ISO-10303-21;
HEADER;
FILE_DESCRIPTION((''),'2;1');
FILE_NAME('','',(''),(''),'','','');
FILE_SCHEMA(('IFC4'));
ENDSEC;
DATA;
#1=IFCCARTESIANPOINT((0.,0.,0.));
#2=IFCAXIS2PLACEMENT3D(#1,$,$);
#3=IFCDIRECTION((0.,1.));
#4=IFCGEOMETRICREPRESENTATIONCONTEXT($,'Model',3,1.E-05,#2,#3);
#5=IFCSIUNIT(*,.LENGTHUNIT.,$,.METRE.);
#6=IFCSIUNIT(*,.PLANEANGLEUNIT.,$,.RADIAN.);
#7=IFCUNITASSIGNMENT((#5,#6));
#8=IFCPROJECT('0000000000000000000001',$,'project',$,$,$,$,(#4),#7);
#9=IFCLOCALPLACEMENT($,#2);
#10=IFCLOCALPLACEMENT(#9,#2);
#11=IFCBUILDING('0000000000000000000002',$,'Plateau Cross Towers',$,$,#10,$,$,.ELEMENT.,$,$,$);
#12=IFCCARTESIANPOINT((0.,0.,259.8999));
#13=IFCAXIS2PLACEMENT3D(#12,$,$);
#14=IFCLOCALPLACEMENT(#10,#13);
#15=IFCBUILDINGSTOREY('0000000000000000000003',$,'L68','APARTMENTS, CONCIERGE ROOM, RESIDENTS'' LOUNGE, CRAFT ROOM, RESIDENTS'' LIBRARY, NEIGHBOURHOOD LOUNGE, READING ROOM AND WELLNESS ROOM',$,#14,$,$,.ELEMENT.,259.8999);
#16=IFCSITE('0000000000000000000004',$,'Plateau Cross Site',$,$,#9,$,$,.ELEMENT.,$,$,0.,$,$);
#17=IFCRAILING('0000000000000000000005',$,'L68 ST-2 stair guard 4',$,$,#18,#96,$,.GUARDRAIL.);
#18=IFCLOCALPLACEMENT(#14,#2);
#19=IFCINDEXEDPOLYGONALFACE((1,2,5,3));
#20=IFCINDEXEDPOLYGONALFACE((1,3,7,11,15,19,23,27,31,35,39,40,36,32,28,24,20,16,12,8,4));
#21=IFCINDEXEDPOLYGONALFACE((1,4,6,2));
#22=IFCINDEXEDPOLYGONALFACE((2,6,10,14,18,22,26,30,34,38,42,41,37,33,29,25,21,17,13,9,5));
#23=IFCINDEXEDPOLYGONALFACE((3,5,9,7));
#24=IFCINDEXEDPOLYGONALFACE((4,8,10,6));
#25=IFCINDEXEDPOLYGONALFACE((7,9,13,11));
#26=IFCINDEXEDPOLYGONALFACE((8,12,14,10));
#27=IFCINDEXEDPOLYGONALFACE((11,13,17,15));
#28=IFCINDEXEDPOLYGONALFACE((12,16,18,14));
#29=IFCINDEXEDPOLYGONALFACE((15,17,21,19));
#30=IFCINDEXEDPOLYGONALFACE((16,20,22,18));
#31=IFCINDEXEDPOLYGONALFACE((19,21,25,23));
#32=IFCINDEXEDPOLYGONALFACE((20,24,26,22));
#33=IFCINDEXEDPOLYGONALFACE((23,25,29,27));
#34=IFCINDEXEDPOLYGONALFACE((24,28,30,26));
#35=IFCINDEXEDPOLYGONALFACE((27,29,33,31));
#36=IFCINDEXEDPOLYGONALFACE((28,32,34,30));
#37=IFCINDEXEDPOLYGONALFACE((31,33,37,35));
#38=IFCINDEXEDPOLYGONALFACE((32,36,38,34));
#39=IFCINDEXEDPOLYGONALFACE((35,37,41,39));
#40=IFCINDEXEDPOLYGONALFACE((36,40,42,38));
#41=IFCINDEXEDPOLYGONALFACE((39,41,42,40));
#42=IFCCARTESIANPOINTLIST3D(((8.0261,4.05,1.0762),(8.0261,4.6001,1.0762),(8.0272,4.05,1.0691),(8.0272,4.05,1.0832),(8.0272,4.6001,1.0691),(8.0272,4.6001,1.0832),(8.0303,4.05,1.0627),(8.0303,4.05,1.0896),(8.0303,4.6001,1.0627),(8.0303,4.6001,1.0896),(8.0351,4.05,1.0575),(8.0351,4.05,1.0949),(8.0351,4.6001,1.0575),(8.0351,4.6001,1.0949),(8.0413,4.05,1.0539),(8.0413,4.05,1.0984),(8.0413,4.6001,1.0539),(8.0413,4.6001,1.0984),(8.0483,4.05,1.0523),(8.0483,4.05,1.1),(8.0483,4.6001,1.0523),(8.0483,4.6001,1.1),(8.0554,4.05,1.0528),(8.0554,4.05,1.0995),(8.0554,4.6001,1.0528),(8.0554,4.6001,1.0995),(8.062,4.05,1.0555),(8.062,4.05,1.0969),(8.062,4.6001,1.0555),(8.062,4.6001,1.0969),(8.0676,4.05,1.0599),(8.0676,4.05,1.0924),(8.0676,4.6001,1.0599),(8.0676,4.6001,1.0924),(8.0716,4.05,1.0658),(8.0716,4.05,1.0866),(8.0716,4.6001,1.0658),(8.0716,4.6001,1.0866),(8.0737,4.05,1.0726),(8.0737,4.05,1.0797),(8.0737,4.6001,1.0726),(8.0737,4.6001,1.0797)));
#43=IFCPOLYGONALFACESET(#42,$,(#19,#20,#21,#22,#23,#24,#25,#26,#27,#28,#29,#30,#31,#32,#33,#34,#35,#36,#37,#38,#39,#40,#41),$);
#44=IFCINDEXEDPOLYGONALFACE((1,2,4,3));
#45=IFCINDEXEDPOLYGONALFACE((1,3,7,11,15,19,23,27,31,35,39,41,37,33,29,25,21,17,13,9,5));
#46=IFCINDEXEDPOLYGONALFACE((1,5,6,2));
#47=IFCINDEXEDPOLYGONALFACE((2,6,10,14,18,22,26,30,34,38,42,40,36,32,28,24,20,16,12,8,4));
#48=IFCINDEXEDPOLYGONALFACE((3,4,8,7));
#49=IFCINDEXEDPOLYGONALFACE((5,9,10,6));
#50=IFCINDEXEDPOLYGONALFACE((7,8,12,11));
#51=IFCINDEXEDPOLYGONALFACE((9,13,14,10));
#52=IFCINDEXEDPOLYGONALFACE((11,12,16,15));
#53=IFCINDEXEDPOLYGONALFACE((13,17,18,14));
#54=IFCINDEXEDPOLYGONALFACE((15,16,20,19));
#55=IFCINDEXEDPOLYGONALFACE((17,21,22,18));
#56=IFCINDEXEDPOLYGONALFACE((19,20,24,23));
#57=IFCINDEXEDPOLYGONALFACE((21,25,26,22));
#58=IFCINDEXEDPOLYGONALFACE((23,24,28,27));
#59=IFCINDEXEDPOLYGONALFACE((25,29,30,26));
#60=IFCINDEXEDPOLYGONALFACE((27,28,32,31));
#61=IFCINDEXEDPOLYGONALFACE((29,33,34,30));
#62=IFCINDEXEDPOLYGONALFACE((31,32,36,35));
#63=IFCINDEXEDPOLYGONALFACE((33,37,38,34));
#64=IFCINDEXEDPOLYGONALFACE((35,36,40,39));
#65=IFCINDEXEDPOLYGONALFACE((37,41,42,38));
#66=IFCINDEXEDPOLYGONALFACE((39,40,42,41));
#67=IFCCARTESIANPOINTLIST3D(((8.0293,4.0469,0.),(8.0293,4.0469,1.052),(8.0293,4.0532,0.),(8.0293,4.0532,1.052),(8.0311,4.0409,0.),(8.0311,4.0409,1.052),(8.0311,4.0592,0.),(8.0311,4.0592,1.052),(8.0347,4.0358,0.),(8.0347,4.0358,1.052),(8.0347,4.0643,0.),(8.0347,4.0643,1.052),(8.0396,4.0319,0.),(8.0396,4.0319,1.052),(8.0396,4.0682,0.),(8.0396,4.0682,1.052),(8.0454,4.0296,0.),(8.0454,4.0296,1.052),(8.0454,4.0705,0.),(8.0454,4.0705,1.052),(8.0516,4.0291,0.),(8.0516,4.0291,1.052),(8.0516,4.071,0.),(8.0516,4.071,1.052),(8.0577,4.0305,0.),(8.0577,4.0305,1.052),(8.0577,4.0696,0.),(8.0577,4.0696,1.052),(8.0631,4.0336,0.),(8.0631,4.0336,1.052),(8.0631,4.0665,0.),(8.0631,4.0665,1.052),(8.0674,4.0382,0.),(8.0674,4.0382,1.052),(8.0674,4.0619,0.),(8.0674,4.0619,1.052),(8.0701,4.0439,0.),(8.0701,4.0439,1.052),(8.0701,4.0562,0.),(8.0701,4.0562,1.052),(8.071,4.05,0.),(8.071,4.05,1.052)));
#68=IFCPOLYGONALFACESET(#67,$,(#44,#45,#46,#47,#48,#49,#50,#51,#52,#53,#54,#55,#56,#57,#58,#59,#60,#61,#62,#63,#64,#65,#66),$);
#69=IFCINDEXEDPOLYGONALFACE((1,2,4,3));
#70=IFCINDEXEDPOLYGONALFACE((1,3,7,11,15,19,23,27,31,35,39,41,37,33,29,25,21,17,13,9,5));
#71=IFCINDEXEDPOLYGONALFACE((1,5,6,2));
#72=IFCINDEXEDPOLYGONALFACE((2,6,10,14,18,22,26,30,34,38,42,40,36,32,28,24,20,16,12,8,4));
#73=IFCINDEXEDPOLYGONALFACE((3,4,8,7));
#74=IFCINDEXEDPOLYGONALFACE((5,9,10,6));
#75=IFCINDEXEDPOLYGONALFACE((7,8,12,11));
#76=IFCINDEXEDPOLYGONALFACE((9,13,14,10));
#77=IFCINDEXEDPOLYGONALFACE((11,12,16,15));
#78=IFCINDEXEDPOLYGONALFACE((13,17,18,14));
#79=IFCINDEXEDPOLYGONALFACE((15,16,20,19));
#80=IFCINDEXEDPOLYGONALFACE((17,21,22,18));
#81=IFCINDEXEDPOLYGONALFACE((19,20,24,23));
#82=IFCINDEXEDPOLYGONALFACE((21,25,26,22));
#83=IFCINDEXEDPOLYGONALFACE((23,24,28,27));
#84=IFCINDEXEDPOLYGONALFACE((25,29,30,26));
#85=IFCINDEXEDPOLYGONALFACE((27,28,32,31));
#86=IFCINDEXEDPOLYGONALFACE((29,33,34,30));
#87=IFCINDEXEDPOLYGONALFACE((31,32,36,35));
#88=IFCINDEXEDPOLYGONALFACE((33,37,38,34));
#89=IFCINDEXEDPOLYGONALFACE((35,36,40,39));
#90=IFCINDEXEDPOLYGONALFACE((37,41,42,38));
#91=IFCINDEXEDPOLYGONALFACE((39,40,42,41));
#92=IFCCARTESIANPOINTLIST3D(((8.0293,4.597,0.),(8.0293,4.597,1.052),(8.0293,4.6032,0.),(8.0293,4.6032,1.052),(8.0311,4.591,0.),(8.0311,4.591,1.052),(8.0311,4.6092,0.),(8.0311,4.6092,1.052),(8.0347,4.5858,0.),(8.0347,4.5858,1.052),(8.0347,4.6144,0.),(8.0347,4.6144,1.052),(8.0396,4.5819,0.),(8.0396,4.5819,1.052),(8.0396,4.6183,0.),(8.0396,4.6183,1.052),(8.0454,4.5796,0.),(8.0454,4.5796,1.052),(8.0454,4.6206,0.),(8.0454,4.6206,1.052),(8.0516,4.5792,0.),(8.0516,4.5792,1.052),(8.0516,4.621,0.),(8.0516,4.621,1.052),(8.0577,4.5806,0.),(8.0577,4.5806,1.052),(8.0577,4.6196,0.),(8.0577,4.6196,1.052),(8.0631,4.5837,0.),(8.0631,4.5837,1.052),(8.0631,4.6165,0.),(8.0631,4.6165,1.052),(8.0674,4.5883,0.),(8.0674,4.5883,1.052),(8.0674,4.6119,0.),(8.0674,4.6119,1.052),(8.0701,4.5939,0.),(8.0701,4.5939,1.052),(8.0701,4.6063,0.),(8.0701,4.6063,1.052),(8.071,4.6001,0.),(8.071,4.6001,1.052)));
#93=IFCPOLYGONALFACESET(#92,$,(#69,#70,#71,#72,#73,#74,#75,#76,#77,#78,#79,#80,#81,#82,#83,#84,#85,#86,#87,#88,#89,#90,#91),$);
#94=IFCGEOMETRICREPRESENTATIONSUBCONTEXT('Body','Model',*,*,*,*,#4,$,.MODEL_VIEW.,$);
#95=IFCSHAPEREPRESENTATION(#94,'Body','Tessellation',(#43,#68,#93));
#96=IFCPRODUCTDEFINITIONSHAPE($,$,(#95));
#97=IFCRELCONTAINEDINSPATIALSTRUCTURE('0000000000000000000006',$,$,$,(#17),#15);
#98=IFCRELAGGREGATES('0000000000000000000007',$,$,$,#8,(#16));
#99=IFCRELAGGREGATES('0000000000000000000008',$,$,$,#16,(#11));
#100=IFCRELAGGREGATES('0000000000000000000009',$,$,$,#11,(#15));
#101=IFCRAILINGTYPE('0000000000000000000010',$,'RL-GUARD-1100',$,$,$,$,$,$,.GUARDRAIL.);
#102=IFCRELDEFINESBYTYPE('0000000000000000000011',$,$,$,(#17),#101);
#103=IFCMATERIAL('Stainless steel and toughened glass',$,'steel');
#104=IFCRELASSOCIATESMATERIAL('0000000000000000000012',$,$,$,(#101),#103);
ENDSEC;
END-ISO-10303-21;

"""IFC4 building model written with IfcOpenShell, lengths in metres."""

from ifc_helpers import new_model, si_unit, direction, frame, origin, origin_2d, place, context, subcontext, project, spatial, circle, extrude, material, type_object, element, save


model = new_model("IFC4")

# Units and contexts
model_context = context("Model", 3, precision=1e-05, world=origin(), true_north=direction((0.0, 1.0)))
body_context = subcontext(model_context, "Body", "Model", "MODEL_VIEW")
ifc_project = project(units=[si_unit("LENGTHUNIT", "METRE"), si_unit("PLANEANGLEUNIT", "RADIAN")], contexts=[model_context])

# Site, building, storey
site_placement = place(None, origin())
site = spatial("IfcSite", under=ifc_project, at=site_placement, Name="Plateau Cross Site", CompositionType="ELEMENT", RefElevation=0.0)
building_placement = place(site_placement, origin())
building = spatial("IfcBuilding", under=site, at=building_placement, Name="Plateau Cross Towers", CompositionType="ELEMENT")
storey_placement = place(building_placement, frame((0.0, 0.0, 259.8999)))
storey = spatial("IfcBuildingStorey", under=building, at=storey_placement, Name="L68", Description="APARTMENTS, CONCIERGE ROOM, RESIDENTS' LOUNGE, CRAFT ROOM, RESIDENTS' LIBRARY, NEIGHBOURHOOD LOUNGE, READING ROOM AND WELLNESS ROOM", CompositionType="ELEMENT", Elevation=259.8999)

# Railing
ifc_material_1 = material(Name="Stainless steel and toughened glass", Category="steel")
railing_type_1 = type_object("IfcRailingType", Name="RL-GUARD-1100", PredefinedType="GUARDRAIL", material=ifc_material_1)
railing_1_placement = place(storey_placement, frame((8.05, 4.05, 0.0)))
element("IfcRailing", 1, at=railing_1_placement, inside=storey, type_object=railing_type_1, Name="L68 ST-2 stair guard 4", PredefinedType="GUARDRAIL", context=body_context, shape_type="SweptSolid", body=[
    extrude(circle(Radius=0.0239, at=origin_2d()), frame((0.0, 0.0, 1.0762), z_axis=(0.0, 1.0, 0.0), x_axis=(-1.0, 0.0, 0.0)), (0.0, 0.0, 1.0), 0.55),
    extrude(circle(Radius=0.021, at=origin_2d()), origin(), (0.0, 0.0, 1.0), 1.052),
    extrude(circle(Radius=0.021, at=origin_2d()), frame((0.0, 0.55, 0.0)), (0.0, 0.0, 1.0), 1.052),
])

save(model, "model.ifc")
